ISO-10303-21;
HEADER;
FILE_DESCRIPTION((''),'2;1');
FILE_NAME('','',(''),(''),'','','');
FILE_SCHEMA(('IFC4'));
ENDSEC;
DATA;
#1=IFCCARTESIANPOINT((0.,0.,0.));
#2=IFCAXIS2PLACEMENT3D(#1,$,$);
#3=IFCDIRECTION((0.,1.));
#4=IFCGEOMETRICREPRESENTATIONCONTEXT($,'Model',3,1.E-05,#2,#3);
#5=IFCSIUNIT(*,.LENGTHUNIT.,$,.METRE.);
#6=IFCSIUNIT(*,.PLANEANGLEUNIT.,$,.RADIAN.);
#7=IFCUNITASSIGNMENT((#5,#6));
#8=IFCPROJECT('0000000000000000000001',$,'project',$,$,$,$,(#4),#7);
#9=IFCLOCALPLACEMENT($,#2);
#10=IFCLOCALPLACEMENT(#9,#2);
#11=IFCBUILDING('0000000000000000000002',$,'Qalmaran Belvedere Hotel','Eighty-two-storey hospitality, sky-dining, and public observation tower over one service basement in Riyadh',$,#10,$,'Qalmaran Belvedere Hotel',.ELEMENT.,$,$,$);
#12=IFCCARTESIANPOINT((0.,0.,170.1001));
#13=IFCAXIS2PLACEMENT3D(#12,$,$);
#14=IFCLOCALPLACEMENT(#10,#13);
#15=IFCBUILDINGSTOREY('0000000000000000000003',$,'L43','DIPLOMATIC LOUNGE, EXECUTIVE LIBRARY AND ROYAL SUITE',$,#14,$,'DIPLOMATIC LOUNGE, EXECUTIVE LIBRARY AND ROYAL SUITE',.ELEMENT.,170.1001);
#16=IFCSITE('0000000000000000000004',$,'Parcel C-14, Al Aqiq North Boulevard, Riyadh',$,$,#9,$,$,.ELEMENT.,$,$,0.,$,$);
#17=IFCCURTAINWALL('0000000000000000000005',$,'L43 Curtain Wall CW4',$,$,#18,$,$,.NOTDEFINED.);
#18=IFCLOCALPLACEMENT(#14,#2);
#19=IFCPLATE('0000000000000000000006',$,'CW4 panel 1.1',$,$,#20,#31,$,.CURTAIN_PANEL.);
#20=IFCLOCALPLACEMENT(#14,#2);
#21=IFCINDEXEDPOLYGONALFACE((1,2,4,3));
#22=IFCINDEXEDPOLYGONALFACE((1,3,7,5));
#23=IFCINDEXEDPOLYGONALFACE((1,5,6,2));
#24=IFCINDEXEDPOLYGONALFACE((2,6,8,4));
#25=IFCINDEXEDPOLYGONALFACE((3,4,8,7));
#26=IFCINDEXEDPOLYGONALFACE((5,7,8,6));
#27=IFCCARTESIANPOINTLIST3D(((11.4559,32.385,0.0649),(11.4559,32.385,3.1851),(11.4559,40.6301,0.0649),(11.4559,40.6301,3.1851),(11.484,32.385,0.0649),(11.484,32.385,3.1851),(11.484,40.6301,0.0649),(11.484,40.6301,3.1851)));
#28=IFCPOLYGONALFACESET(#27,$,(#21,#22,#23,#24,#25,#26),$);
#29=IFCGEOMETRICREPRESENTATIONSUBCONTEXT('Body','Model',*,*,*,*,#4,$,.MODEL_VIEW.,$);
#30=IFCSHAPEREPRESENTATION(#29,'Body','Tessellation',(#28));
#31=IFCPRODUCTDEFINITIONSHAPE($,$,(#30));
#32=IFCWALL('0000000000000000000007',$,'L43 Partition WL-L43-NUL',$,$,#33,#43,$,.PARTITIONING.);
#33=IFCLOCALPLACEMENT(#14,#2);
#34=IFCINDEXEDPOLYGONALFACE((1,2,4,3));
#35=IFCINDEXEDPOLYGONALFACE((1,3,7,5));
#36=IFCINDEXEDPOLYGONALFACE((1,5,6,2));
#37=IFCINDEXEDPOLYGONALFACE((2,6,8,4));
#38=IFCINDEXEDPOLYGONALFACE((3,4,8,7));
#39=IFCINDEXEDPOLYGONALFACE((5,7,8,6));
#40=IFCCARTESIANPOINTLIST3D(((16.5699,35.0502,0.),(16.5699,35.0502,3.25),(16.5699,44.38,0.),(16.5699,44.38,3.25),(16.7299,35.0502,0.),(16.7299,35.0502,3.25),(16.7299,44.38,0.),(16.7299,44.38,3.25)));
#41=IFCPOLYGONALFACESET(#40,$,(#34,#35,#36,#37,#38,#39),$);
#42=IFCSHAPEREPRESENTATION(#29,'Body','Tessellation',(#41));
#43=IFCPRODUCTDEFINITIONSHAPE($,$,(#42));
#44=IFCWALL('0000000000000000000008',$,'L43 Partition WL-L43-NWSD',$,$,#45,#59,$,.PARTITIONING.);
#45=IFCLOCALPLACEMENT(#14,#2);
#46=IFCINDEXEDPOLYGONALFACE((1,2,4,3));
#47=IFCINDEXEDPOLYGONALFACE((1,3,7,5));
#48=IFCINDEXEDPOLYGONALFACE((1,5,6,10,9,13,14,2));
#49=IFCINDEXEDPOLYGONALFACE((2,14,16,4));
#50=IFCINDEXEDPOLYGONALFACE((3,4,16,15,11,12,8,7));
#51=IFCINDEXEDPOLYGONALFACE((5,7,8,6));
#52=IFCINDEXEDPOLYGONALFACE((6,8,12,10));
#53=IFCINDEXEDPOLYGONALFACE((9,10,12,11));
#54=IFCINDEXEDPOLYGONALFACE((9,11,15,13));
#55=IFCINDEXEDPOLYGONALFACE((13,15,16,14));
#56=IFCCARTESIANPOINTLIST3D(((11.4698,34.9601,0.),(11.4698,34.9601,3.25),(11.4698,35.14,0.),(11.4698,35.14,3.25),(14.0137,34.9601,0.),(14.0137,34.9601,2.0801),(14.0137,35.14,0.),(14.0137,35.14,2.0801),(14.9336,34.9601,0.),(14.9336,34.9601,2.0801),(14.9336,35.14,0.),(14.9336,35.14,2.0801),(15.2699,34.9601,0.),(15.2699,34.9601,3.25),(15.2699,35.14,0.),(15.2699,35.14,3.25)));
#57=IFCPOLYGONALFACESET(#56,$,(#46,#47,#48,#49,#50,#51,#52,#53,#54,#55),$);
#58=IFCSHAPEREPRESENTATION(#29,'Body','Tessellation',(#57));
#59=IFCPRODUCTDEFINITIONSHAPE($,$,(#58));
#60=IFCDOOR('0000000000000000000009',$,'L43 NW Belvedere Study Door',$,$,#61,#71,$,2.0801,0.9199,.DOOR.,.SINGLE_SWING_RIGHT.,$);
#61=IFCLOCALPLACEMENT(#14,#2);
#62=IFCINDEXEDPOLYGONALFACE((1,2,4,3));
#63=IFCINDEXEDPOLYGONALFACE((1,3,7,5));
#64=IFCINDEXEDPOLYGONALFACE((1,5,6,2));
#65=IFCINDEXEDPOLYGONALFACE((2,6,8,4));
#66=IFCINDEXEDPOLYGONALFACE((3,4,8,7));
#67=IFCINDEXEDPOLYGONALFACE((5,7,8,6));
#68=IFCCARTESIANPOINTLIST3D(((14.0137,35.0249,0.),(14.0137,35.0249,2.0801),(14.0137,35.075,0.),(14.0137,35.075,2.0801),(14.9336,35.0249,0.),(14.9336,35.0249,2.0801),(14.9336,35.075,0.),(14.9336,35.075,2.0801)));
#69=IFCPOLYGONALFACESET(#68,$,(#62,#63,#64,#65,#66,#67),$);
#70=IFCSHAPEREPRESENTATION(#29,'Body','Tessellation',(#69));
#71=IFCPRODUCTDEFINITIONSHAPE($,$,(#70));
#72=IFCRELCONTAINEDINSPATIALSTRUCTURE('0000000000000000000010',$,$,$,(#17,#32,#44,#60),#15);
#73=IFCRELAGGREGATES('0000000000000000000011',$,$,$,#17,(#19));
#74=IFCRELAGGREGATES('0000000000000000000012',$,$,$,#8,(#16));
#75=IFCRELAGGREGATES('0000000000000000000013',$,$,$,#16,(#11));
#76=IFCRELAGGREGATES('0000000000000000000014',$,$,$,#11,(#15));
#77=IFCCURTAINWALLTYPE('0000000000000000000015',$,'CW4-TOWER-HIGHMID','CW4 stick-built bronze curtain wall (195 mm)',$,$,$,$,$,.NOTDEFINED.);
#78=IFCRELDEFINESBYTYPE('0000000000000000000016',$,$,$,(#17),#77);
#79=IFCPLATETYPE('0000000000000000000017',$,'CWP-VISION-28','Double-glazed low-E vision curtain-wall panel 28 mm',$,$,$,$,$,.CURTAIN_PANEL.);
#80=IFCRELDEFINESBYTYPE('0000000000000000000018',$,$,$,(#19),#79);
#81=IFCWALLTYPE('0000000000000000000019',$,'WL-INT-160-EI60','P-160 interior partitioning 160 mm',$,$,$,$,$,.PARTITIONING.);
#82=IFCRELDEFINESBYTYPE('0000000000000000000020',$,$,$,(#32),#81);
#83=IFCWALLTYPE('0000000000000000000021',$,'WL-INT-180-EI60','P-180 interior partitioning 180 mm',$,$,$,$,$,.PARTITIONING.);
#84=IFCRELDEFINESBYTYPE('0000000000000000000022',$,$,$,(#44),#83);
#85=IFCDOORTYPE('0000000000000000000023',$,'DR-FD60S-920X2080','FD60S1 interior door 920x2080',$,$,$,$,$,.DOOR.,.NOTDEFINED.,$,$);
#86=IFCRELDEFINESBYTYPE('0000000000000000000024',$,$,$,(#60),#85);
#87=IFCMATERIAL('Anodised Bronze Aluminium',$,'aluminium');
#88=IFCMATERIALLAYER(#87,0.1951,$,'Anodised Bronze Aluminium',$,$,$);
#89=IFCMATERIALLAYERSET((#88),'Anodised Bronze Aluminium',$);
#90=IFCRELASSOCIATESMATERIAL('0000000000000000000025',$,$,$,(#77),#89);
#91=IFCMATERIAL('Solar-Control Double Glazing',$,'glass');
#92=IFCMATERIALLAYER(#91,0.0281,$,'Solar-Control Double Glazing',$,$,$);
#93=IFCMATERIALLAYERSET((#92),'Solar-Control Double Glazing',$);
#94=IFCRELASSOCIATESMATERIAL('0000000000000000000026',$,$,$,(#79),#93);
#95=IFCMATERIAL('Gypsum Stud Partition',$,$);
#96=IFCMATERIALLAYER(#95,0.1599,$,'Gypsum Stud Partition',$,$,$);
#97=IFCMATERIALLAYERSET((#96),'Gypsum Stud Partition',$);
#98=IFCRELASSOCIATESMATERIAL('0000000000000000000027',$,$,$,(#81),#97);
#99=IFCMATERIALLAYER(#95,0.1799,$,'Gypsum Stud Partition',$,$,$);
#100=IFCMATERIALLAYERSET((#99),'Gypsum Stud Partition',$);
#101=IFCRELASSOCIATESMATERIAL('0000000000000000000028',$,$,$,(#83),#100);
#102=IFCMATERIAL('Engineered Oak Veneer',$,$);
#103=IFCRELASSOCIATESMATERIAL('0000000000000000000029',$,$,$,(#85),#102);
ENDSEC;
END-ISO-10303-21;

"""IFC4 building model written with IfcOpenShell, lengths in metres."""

from ifc_helpers import new_model, si_unit, direction, frame, frame_2d, origin, origin_2d, place, context, subcontext, project, spatial, rectangle, extrude, material, layer, layer_set, type_object, element, fill, aggregate, save


model = new_model("IFC4")

# Units and contexts
model_context = context("Model", 3, precision=1e-05, world=origin(), true_north=direction((0.0, 1.0)))
body_context = subcontext(model_context, "Body", "Model", "MODEL_VIEW")
ifc_project = project(units=[si_unit("LENGTHUNIT", "METRE"), si_unit("PLANEANGLEUNIT", "RADIAN")], contexts=[model_context])

# Site, building, storey
site_placement = place(None, origin())
site = spatial("IfcSite", under=ifc_project, at=site_placement, Name="Parcel C-14, Al Aqiq North Boulevard, Riyadh", CompositionType="ELEMENT", RefElevation=0.0)
building_placement = place(site_placement, origin())
building = spatial("IfcBuilding", under=site, at=building_placement, Name="Qalmaran Belvedere Hotel", Description="Eighty-two-storey hospitality, sky-dining, and public observation tower over one service basement in Riyadh", LongName="Qalmaran Belvedere Hotel", CompositionType="ELEMENT")
storey_placement = place(building_placement, frame((0.0, 0.0, 170.1001)))
storey = spatial("IfcBuildingStorey", under=building, at=storey_placement, Name="L43", Description="DIPLOMATIC LOUNGE, EXECUTIVE LIBRARY AND ROYAL SUITE", LongName="DIPLOMATIC LOUNGE, EXECUTIVE LIBRARY AND ROYAL SUITE", CompositionType="ELEMENT", Elevation=170.1001)

# Shared definitions
ifc_material_1 = material(Name="Anodised Bronze Aluminium", Category="aluminium")
ifc_layer_1 = layer(ifc_material_1, 0.1951, Name="Anodised Bronze Aluminium")
ifc_layer_set_1 = layer_set([ifc_layer_1], Name="Anodised Bronze Aluminium")
curtain_wall_type = type_object("IfcCurtainWallType", Name="CW4-TOWER-HIGHMID", Description="CW4 stick-built bronze curtain wall (195 mm)", PredefinedType="NOTDEFINED", material=ifc_layer_set_1)

# Curtain wall
curtain_wall_1_placement = place(storey_placement, origin())
curtain_wall_1 = element("IfcCurtainWall", 1, at=curtain_wall_1_placement, inside=storey, type_object=curtain_wall_type, Name="L43 Curtain Wall CW4", PredefinedType="NOTDEFINED")

# Plate
ifc_material_2 = material(Name="Solar-Control Double Glazing", Category="glass")
ifc_layer_2 = layer(ifc_material_2, 0.0281, Name="Solar-Control Double Glazing")
ifc_layer_set_2 = layer_set([ifc_layer_2], Name="Solar-Control Double Glazing")
plate_type = type_object("IfcPlateType", Name="CWP-VISION-28", Description="Double-glazed low-E vision curtain-wall panel 28 mm", PredefinedType="CURTAIN_PANEL", material=ifc_layer_set_2)
plate_1_placement = place(storey_placement, frame((11.47, 36.5076, 0.0649), z_axis=(0.0, 0.0, 1.0), x_axis=(0.0, -1.0, 0.0)))
plate_1 = element("IfcPlate", 2, at=plate_1_placement, type_object=plate_type, Name="CW4 panel 1.1", PredefinedType="CURTAIN_PANEL", context=body_context, shape_type="SweptSolid", body=[
    extrude(rectangle(XDim=8.2451, YDim=0.0281, at=origin_2d()), origin(), (0.0, 0.0, 1.0), 3.1201),
])
aggregate(curtain_wall_1, [plate_1])

# Wall
ifc_material_3 = material(Name="Gypsum Stud Partition")
ifc_layer_3 = layer(ifc_material_3, 0.1599, Name="Gypsum Stud Partition")
ifc_layer_set_3 = layer_set([ifc_layer_3], Name="Gypsum Stud Partition")
wall_type_1 = type_object("IfcWallType", Name="WL-INT-160-EI60", Description="P-160 interior partitioning 160 mm", PredefinedType="PARTITIONING", material=ifc_layer_set_3)
wall_1_placement = place(storey_placement, frame((16.6499, 35.05, 0.0), z_axis=(0.0, 0.0, 1.0), x_axis=(0.0, 1.0, 0.0)))
element("IfcWall", 3, at=wall_1_placement, inside=storey, type_object=wall_type_1, Name="L43 Partition WL-L43-NUL", PredefinedType="PARTITIONING", context=body_context, shape_type="SweptSolid", body=[
    extrude(rectangle(XDim=9.3298, YDim=0.1599, at=frame_2d((4.665, 0.0))), origin(), (0.0, 0.0, 1.0), 3.25),
])

# Wall, opening, door
ifc_layer_4 = layer(ifc_material_3, 0.1799, Name="Gypsum Stud Partition")
ifc_layer_set_4 = layer_set([ifc_layer_4], Name="Gypsum Stud Partition")
wall_type_2 = type_object("IfcWallType", Name="WL-INT-180-EI60", Description="P-180 interior partitioning 180 mm", PredefinedType="PARTITIONING", material=ifc_layer_set_4)
ifc_material_4 = material(Name="Engineered Oak Veneer")
wall_2_placement = place(storey_placement, frame((11.47, 35.05, 0.0), z_axis=(0.0, 0.0, 1.0), x_axis=(1.0, 0.0, 0.0)))
wall_2 = element("IfcWall", 4, at=wall_2_placement, inside=storey, type_object=wall_type_2, Name="L43 Partition WL-L43-NWSD", PredefinedType="PARTITIONING", context=body_context, shape_type="SweptSolid", body=[
    extrude(rectangle(XDim=3.8, YDim=0.1799, at=frame_2d((1.8999, 0.0))), origin(), (0.0, 0.0, 1.0), 3.25),
])
opening_1_placement = place(wall_2_placement, frame((2.5437, 0.0, 0.0)))
opening_1 = element("IfcOpeningElement", 5, at=opening_1_placement, cuts=wall_2, PredefinedType="OPENING", context=body_context, shape_type="SweptSolid", body=[
    extrude(rectangle(XDim=0.9199, YDim=2.0801, at=frame_2d((0.46, 1.04))), frame((0.0, 0.1001, 0.0), z_axis=(0.0, -1.0, 0.0), x_axis=(1.0, 0.0, 0.0)), (0.0, 0.0, 1.0), 0.2),
])
door_type_1 = type_object("IfcDoorType", Name="DR-FD60S-920X2080", Description="FD60S1 interior door 920x2080", OperationType="NOTDEFINED", PredefinedType="DOOR", material=ifc_material_4)
door_1_placement = place(opening_1_placement, origin())
door_1 = element("IfcDoor", 6, at=door_1_placement, inside=storey, type_object=door_type_1, Name="L43 NW Belvedere Study Door", OperationType="SINGLE_SWING_RIGHT", OverallHeight=2.0801, OverallWidth=0.9199, PredefinedType="DOOR", context=body_context, shape_type="SweptSolid", body=[
    extrude(rectangle(XDim=0.9199, YDim=2.0801, at=frame_2d((0.46, 1.04))), frame((0.0, 0.0249, 0.0), z_axis=(0.0, -1.0, 0.0), x_axis=(1.0, 0.0, 0.0)), (0.0, 0.0, 1.0), 0.05),
])
fill(opening_1, door_1)

save(model, "model.ifc")
